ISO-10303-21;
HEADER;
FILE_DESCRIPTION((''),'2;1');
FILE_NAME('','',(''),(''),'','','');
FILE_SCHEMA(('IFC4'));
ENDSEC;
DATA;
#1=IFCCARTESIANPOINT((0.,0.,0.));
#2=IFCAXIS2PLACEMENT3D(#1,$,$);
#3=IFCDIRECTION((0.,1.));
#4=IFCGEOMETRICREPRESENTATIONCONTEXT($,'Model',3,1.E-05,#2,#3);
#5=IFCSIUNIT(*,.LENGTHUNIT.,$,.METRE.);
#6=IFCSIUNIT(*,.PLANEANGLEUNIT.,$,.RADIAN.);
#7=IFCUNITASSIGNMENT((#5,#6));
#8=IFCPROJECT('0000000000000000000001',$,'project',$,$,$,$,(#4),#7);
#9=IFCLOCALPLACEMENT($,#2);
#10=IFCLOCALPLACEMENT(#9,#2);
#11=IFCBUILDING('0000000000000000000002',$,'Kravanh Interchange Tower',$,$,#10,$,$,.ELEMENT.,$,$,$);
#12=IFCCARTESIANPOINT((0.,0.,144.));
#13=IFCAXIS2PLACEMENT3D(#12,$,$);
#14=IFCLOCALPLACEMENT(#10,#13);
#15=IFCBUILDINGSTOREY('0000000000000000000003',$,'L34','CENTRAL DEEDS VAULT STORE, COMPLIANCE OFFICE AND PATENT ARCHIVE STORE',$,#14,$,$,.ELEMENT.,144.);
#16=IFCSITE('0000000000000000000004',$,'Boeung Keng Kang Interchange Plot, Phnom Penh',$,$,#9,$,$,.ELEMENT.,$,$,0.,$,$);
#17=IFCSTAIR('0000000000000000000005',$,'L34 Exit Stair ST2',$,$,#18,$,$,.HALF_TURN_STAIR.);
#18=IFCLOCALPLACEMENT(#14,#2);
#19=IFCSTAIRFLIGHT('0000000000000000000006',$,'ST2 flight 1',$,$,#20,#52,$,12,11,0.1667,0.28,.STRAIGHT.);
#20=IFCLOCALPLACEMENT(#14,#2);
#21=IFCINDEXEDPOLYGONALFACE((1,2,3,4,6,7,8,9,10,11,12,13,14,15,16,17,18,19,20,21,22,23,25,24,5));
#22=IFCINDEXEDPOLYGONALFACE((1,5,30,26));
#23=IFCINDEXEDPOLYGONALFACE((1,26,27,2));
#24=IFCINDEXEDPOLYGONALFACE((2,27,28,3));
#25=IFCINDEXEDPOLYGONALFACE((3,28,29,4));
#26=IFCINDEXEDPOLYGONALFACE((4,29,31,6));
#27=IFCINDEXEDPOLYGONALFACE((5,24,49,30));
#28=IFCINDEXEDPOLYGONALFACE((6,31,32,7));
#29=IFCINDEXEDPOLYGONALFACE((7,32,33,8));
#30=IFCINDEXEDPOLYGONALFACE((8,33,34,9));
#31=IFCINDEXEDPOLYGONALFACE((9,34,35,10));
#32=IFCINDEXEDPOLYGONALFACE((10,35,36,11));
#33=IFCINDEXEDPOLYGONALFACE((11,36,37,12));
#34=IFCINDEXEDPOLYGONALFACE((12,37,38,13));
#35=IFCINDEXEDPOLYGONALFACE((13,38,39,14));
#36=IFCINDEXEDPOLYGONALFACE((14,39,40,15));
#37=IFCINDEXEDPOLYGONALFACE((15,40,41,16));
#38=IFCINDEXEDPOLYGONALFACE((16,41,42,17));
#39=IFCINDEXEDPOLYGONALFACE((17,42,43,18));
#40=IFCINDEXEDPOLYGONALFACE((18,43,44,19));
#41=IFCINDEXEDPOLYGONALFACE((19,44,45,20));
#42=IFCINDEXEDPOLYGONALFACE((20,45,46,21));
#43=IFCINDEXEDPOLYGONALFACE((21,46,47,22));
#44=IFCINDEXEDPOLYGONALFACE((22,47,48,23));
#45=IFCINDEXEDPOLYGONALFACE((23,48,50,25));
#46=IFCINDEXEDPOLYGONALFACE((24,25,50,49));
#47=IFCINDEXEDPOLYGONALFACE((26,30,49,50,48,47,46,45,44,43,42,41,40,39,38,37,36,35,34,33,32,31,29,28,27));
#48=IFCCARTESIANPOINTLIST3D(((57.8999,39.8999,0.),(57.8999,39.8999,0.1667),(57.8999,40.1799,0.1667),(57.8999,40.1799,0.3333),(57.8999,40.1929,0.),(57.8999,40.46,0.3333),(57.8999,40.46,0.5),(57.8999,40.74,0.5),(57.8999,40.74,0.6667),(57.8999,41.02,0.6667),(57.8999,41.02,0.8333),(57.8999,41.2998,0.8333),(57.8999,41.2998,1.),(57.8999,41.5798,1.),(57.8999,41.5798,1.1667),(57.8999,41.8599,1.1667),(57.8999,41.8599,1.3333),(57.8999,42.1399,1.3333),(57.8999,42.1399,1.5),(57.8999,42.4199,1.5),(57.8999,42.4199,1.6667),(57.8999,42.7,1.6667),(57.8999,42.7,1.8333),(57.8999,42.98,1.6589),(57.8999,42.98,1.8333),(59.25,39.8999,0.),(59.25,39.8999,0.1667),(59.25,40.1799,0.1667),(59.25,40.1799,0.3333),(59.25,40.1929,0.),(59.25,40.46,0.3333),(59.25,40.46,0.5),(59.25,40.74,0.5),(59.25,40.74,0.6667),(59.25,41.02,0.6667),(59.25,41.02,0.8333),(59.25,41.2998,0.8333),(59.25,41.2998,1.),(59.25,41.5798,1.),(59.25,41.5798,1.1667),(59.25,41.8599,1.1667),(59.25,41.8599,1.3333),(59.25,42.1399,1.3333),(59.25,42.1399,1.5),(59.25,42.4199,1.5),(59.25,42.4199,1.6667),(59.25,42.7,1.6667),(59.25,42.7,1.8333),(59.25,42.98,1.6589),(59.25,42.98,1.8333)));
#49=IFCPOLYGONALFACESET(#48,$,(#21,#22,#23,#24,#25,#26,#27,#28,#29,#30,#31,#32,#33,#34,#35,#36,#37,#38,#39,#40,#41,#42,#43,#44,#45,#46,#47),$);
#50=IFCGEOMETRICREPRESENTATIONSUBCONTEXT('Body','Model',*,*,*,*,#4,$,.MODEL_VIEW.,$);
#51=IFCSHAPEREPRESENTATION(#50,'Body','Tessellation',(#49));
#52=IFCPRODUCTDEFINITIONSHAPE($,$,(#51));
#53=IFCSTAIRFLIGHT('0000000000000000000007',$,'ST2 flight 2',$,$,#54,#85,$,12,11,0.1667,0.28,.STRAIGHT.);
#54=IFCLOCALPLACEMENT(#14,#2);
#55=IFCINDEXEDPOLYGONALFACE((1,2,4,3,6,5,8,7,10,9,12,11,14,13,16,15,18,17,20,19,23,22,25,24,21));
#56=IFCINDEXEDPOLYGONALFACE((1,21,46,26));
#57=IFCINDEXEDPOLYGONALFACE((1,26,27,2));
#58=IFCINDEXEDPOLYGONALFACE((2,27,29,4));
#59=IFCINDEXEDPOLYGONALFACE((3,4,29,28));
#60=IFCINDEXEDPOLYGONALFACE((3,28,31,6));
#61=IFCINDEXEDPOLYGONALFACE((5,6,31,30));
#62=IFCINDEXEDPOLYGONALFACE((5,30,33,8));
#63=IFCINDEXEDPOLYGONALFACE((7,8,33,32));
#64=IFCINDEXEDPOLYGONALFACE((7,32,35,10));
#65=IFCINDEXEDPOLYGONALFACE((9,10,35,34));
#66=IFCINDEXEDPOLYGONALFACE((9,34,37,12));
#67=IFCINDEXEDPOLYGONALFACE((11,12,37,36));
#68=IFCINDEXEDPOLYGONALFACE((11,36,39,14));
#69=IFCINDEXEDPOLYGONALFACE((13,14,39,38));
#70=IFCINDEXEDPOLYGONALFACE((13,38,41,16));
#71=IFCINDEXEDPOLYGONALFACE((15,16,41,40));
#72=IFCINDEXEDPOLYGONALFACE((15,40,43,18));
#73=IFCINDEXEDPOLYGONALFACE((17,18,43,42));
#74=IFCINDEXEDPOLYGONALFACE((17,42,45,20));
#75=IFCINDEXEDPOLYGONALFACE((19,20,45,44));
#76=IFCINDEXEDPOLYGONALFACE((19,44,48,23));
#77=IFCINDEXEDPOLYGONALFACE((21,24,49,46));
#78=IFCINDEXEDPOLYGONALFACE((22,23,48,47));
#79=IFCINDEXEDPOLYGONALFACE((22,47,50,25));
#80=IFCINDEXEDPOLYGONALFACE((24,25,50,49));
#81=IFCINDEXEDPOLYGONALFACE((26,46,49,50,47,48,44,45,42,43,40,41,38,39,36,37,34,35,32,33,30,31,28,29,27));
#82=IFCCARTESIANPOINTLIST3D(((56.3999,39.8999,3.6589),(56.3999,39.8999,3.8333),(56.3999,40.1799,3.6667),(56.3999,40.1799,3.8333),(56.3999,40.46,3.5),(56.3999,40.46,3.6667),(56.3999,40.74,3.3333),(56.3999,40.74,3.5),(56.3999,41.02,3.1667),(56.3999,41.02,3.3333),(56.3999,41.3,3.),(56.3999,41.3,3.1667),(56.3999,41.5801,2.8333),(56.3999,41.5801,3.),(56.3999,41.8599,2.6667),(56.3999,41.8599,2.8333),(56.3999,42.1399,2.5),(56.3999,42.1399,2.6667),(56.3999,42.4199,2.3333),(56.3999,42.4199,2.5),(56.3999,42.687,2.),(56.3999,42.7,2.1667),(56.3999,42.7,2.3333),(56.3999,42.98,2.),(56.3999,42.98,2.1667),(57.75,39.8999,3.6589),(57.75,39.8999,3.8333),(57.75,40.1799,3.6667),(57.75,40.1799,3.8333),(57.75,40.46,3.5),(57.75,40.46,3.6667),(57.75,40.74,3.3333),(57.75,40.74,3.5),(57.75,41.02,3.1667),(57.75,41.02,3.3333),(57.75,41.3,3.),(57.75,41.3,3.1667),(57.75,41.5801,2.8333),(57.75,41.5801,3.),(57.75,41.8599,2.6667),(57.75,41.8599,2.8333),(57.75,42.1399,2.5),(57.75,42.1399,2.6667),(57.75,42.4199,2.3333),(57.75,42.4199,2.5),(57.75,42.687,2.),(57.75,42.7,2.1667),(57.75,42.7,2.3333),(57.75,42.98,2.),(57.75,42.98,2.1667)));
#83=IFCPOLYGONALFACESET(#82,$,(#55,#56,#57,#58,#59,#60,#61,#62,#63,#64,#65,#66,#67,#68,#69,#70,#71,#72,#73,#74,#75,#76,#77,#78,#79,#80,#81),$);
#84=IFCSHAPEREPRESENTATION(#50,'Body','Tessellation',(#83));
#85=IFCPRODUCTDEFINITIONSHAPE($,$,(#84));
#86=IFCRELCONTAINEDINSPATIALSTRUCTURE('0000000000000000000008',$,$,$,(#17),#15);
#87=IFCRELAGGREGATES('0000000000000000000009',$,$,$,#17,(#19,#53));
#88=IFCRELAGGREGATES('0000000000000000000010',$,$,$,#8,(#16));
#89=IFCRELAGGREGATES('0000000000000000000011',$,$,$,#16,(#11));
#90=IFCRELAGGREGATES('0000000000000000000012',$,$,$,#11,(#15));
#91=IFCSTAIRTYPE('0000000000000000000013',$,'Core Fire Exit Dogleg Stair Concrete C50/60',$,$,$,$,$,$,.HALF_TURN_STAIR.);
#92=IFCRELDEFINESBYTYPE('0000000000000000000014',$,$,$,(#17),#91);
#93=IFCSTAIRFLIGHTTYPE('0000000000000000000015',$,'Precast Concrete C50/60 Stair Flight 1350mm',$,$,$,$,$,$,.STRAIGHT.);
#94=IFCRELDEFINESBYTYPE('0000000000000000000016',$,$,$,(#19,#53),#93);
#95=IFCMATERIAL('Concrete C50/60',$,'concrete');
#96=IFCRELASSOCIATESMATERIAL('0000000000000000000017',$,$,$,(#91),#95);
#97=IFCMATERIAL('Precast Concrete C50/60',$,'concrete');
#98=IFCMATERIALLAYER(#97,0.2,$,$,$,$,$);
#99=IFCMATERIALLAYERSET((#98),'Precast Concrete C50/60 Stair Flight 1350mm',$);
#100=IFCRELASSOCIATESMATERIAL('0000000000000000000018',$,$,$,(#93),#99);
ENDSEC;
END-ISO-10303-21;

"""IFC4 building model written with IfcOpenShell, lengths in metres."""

from ifc_helpers import new_model, si_unit, direction, frame, origin, place, context, subcontext, project, spatial, polyline, outline, extrude, material, layer, layer_set, type_object, element, aggregate, save


model = new_model("IFC4")

# Units and contexts
model_context = context("Model", 3, precision=1e-05, world=origin(), true_north=direction((0.0, 1.0)))
body_context = subcontext(model_context, "Body", "Model", "MODEL_VIEW")
ifc_project = project(units=[si_unit("LENGTHUNIT", "METRE"), si_unit("PLANEANGLEUNIT", "RADIAN")], contexts=[model_context])

# Site, building, storey
site_placement = place(None, origin())
site = spatial("IfcSite", under=ifc_project, at=site_placement, Name="Boeung Keng Kang Interchange Plot, Phnom Penh", CompositionType="ELEMENT", RefElevation=0.0)
building_placement = place(site_placement, origin())
building = spatial("IfcBuilding", under=site, at=building_placement, Name="Kravanh Interchange Tower", CompositionType="ELEMENT")
storey_placement = place(building_placement, frame((0.0, 0.0, 144.0)))
storey = spatial("IfcBuildingStorey", under=building, at=storey_placement, Name="L34", Description="CENTRAL DEEDS VAULT STORE, COMPLIANCE OFFICE AND PATENT ARCHIVE STORE", CompositionType="ELEMENT", Elevation=144.0)

# Stair, stair flights
ifc_material_1 = material(Name="Concrete C50/60", Category="concrete")
stair_type = type_object("IfcStairType", Name="Core Fire Exit Dogleg Stair Concrete C50/60", PredefinedType="HALF_TURN_STAIR", material=ifc_material_1)
ifc_material_2 = material(Name="Precast Concrete C50/60", Category="concrete")
ifc_layer_1 = layer(ifc_material_2, 0.2)
ifc_layer_set_1 = layer_set([ifc_layer_1], Name="Precast Concrete C50/60 Stair Flight 1350mm")
stair_flight_type = type_object("IfcStairFlightType", Name="Precast Concrete C50/60 Stair Flight 1350mm", PredefinedType="STRAIGHT", material=ifc_layer_set_1)
stair_1_placement = place(storey_placement, origin())
stair_1 = element("IfcStair", 1, at=stair_1_placement, inside=storey, type_object=stair_type, Name="L34 Exit Stair ST2", PredefinedType="HALF_TURN_STAIR")
stair_flight_1_placement = place(storey_placement, frame((58.575, 39.8999, 0.0), z_axis=(0.0, 0.0, 1.0), x_axis=(0.0, 1.0, 0.0)))
stair_flight_1 = element("IfcStairFlight", 2, at=stair_flight_1_placement, type_object=stair_flight_type, Name="ST2 flight 1", NumberOfRisers=12, NumberOfTreads=11, PredefinedType="STRAIGHT", RiserHeight=0.1667, TreadLength=0.28, context=body_context, shape_type="SweptSolid", body=[
    extrude(outline(polyline([(0.0, 0.0), (0.0, 0.1667), (0.28, 0.1667), (0.28, 0.3333), (0.5601, 0.3333), (0.5601, 0.5), (0.8401, 0.5), (0.8401, 0.6667), (1.1201, 0.6667), (1.1201, 0.8333), (1.3999, 0.8333), (1.3999, 1.0), (1.6799, 1.0), (1.6799, 1.1667), (1.96, 1.1667), (1.96, 1.3333), (2.24, 1.3333), (2.24, 1.5), (2.52, 1.5), (2.52, 1.6667), (2.8, 1.6667), (2.8, 1.8333), (3.0801, 1.8333), (3.0801, 2.0), (3.0801, 1.6589), (0.293, 0.0), (0.0, 0.0)])), frame((0.0, 0.675, 0.0), z_axis=(0.0, -1.0, 0.0), x_axis=(1.0, 0.0, 0.0)), (0.0, 0.0, 1.0), 1.3501),
])
stair_flight_2_placement = place(storey_placement, frame((57.075, 42.98, 2.0), z_axis=(0.0, 0.0, 1.0), x_axis=(0.0, -1.0, 0.0)))
stair_flight_2 = element("IfcStairFlight", 3, at=stair_flight_2_placement, type_object=stair_flight_type, Name="ST2 flight 2", NumberOfRisers=12, NumberOfTreads=11, PredefinedType="STRAIGHT", RiserHeight=0.1667, TreadLength=0.28, context=body_context, shape_type="SweptSolid", body=[
    extrude(outline(polyline([(0.0, 0.0), (0.0, 0.1667), (0.28, 0.1667), (0.28, 0.3333), (0.5601, 0.3333), (0.5601, 0.5), (0.8401, 0.5), (0.8401, 0.6667), (1.1201, 0.6667), (1.1201, 0.8333), (1.3999, 0.8333), (1.3999, 1.0), (1.6799, 1.0), (1.6799, 1.1667), (1.96, 1.1667), (1.96, 1.3333), (2.24, 1.3333), (2.24, 1.5), (2.52, 1.5), (2.52, 1.6667), (2.8, 1.6667), (2.8, 1.8333), (3.0801, 1.8333), (3.0801, 2.0), (3.0801, 1.6589), (0.293, 0.0), (0.0, 0.0)])), frame((0.0, 0.675, 0.0), z_axis=(0.0, -1.0, 0.0), x_axis=(1.0, 0.0, 0.0)), (0.0, 0.0, 1.0), 1.3501),
])
aggregate(stair_1, [stair_flight_1, stair_flight_2])

save(model, "model.ifc")
